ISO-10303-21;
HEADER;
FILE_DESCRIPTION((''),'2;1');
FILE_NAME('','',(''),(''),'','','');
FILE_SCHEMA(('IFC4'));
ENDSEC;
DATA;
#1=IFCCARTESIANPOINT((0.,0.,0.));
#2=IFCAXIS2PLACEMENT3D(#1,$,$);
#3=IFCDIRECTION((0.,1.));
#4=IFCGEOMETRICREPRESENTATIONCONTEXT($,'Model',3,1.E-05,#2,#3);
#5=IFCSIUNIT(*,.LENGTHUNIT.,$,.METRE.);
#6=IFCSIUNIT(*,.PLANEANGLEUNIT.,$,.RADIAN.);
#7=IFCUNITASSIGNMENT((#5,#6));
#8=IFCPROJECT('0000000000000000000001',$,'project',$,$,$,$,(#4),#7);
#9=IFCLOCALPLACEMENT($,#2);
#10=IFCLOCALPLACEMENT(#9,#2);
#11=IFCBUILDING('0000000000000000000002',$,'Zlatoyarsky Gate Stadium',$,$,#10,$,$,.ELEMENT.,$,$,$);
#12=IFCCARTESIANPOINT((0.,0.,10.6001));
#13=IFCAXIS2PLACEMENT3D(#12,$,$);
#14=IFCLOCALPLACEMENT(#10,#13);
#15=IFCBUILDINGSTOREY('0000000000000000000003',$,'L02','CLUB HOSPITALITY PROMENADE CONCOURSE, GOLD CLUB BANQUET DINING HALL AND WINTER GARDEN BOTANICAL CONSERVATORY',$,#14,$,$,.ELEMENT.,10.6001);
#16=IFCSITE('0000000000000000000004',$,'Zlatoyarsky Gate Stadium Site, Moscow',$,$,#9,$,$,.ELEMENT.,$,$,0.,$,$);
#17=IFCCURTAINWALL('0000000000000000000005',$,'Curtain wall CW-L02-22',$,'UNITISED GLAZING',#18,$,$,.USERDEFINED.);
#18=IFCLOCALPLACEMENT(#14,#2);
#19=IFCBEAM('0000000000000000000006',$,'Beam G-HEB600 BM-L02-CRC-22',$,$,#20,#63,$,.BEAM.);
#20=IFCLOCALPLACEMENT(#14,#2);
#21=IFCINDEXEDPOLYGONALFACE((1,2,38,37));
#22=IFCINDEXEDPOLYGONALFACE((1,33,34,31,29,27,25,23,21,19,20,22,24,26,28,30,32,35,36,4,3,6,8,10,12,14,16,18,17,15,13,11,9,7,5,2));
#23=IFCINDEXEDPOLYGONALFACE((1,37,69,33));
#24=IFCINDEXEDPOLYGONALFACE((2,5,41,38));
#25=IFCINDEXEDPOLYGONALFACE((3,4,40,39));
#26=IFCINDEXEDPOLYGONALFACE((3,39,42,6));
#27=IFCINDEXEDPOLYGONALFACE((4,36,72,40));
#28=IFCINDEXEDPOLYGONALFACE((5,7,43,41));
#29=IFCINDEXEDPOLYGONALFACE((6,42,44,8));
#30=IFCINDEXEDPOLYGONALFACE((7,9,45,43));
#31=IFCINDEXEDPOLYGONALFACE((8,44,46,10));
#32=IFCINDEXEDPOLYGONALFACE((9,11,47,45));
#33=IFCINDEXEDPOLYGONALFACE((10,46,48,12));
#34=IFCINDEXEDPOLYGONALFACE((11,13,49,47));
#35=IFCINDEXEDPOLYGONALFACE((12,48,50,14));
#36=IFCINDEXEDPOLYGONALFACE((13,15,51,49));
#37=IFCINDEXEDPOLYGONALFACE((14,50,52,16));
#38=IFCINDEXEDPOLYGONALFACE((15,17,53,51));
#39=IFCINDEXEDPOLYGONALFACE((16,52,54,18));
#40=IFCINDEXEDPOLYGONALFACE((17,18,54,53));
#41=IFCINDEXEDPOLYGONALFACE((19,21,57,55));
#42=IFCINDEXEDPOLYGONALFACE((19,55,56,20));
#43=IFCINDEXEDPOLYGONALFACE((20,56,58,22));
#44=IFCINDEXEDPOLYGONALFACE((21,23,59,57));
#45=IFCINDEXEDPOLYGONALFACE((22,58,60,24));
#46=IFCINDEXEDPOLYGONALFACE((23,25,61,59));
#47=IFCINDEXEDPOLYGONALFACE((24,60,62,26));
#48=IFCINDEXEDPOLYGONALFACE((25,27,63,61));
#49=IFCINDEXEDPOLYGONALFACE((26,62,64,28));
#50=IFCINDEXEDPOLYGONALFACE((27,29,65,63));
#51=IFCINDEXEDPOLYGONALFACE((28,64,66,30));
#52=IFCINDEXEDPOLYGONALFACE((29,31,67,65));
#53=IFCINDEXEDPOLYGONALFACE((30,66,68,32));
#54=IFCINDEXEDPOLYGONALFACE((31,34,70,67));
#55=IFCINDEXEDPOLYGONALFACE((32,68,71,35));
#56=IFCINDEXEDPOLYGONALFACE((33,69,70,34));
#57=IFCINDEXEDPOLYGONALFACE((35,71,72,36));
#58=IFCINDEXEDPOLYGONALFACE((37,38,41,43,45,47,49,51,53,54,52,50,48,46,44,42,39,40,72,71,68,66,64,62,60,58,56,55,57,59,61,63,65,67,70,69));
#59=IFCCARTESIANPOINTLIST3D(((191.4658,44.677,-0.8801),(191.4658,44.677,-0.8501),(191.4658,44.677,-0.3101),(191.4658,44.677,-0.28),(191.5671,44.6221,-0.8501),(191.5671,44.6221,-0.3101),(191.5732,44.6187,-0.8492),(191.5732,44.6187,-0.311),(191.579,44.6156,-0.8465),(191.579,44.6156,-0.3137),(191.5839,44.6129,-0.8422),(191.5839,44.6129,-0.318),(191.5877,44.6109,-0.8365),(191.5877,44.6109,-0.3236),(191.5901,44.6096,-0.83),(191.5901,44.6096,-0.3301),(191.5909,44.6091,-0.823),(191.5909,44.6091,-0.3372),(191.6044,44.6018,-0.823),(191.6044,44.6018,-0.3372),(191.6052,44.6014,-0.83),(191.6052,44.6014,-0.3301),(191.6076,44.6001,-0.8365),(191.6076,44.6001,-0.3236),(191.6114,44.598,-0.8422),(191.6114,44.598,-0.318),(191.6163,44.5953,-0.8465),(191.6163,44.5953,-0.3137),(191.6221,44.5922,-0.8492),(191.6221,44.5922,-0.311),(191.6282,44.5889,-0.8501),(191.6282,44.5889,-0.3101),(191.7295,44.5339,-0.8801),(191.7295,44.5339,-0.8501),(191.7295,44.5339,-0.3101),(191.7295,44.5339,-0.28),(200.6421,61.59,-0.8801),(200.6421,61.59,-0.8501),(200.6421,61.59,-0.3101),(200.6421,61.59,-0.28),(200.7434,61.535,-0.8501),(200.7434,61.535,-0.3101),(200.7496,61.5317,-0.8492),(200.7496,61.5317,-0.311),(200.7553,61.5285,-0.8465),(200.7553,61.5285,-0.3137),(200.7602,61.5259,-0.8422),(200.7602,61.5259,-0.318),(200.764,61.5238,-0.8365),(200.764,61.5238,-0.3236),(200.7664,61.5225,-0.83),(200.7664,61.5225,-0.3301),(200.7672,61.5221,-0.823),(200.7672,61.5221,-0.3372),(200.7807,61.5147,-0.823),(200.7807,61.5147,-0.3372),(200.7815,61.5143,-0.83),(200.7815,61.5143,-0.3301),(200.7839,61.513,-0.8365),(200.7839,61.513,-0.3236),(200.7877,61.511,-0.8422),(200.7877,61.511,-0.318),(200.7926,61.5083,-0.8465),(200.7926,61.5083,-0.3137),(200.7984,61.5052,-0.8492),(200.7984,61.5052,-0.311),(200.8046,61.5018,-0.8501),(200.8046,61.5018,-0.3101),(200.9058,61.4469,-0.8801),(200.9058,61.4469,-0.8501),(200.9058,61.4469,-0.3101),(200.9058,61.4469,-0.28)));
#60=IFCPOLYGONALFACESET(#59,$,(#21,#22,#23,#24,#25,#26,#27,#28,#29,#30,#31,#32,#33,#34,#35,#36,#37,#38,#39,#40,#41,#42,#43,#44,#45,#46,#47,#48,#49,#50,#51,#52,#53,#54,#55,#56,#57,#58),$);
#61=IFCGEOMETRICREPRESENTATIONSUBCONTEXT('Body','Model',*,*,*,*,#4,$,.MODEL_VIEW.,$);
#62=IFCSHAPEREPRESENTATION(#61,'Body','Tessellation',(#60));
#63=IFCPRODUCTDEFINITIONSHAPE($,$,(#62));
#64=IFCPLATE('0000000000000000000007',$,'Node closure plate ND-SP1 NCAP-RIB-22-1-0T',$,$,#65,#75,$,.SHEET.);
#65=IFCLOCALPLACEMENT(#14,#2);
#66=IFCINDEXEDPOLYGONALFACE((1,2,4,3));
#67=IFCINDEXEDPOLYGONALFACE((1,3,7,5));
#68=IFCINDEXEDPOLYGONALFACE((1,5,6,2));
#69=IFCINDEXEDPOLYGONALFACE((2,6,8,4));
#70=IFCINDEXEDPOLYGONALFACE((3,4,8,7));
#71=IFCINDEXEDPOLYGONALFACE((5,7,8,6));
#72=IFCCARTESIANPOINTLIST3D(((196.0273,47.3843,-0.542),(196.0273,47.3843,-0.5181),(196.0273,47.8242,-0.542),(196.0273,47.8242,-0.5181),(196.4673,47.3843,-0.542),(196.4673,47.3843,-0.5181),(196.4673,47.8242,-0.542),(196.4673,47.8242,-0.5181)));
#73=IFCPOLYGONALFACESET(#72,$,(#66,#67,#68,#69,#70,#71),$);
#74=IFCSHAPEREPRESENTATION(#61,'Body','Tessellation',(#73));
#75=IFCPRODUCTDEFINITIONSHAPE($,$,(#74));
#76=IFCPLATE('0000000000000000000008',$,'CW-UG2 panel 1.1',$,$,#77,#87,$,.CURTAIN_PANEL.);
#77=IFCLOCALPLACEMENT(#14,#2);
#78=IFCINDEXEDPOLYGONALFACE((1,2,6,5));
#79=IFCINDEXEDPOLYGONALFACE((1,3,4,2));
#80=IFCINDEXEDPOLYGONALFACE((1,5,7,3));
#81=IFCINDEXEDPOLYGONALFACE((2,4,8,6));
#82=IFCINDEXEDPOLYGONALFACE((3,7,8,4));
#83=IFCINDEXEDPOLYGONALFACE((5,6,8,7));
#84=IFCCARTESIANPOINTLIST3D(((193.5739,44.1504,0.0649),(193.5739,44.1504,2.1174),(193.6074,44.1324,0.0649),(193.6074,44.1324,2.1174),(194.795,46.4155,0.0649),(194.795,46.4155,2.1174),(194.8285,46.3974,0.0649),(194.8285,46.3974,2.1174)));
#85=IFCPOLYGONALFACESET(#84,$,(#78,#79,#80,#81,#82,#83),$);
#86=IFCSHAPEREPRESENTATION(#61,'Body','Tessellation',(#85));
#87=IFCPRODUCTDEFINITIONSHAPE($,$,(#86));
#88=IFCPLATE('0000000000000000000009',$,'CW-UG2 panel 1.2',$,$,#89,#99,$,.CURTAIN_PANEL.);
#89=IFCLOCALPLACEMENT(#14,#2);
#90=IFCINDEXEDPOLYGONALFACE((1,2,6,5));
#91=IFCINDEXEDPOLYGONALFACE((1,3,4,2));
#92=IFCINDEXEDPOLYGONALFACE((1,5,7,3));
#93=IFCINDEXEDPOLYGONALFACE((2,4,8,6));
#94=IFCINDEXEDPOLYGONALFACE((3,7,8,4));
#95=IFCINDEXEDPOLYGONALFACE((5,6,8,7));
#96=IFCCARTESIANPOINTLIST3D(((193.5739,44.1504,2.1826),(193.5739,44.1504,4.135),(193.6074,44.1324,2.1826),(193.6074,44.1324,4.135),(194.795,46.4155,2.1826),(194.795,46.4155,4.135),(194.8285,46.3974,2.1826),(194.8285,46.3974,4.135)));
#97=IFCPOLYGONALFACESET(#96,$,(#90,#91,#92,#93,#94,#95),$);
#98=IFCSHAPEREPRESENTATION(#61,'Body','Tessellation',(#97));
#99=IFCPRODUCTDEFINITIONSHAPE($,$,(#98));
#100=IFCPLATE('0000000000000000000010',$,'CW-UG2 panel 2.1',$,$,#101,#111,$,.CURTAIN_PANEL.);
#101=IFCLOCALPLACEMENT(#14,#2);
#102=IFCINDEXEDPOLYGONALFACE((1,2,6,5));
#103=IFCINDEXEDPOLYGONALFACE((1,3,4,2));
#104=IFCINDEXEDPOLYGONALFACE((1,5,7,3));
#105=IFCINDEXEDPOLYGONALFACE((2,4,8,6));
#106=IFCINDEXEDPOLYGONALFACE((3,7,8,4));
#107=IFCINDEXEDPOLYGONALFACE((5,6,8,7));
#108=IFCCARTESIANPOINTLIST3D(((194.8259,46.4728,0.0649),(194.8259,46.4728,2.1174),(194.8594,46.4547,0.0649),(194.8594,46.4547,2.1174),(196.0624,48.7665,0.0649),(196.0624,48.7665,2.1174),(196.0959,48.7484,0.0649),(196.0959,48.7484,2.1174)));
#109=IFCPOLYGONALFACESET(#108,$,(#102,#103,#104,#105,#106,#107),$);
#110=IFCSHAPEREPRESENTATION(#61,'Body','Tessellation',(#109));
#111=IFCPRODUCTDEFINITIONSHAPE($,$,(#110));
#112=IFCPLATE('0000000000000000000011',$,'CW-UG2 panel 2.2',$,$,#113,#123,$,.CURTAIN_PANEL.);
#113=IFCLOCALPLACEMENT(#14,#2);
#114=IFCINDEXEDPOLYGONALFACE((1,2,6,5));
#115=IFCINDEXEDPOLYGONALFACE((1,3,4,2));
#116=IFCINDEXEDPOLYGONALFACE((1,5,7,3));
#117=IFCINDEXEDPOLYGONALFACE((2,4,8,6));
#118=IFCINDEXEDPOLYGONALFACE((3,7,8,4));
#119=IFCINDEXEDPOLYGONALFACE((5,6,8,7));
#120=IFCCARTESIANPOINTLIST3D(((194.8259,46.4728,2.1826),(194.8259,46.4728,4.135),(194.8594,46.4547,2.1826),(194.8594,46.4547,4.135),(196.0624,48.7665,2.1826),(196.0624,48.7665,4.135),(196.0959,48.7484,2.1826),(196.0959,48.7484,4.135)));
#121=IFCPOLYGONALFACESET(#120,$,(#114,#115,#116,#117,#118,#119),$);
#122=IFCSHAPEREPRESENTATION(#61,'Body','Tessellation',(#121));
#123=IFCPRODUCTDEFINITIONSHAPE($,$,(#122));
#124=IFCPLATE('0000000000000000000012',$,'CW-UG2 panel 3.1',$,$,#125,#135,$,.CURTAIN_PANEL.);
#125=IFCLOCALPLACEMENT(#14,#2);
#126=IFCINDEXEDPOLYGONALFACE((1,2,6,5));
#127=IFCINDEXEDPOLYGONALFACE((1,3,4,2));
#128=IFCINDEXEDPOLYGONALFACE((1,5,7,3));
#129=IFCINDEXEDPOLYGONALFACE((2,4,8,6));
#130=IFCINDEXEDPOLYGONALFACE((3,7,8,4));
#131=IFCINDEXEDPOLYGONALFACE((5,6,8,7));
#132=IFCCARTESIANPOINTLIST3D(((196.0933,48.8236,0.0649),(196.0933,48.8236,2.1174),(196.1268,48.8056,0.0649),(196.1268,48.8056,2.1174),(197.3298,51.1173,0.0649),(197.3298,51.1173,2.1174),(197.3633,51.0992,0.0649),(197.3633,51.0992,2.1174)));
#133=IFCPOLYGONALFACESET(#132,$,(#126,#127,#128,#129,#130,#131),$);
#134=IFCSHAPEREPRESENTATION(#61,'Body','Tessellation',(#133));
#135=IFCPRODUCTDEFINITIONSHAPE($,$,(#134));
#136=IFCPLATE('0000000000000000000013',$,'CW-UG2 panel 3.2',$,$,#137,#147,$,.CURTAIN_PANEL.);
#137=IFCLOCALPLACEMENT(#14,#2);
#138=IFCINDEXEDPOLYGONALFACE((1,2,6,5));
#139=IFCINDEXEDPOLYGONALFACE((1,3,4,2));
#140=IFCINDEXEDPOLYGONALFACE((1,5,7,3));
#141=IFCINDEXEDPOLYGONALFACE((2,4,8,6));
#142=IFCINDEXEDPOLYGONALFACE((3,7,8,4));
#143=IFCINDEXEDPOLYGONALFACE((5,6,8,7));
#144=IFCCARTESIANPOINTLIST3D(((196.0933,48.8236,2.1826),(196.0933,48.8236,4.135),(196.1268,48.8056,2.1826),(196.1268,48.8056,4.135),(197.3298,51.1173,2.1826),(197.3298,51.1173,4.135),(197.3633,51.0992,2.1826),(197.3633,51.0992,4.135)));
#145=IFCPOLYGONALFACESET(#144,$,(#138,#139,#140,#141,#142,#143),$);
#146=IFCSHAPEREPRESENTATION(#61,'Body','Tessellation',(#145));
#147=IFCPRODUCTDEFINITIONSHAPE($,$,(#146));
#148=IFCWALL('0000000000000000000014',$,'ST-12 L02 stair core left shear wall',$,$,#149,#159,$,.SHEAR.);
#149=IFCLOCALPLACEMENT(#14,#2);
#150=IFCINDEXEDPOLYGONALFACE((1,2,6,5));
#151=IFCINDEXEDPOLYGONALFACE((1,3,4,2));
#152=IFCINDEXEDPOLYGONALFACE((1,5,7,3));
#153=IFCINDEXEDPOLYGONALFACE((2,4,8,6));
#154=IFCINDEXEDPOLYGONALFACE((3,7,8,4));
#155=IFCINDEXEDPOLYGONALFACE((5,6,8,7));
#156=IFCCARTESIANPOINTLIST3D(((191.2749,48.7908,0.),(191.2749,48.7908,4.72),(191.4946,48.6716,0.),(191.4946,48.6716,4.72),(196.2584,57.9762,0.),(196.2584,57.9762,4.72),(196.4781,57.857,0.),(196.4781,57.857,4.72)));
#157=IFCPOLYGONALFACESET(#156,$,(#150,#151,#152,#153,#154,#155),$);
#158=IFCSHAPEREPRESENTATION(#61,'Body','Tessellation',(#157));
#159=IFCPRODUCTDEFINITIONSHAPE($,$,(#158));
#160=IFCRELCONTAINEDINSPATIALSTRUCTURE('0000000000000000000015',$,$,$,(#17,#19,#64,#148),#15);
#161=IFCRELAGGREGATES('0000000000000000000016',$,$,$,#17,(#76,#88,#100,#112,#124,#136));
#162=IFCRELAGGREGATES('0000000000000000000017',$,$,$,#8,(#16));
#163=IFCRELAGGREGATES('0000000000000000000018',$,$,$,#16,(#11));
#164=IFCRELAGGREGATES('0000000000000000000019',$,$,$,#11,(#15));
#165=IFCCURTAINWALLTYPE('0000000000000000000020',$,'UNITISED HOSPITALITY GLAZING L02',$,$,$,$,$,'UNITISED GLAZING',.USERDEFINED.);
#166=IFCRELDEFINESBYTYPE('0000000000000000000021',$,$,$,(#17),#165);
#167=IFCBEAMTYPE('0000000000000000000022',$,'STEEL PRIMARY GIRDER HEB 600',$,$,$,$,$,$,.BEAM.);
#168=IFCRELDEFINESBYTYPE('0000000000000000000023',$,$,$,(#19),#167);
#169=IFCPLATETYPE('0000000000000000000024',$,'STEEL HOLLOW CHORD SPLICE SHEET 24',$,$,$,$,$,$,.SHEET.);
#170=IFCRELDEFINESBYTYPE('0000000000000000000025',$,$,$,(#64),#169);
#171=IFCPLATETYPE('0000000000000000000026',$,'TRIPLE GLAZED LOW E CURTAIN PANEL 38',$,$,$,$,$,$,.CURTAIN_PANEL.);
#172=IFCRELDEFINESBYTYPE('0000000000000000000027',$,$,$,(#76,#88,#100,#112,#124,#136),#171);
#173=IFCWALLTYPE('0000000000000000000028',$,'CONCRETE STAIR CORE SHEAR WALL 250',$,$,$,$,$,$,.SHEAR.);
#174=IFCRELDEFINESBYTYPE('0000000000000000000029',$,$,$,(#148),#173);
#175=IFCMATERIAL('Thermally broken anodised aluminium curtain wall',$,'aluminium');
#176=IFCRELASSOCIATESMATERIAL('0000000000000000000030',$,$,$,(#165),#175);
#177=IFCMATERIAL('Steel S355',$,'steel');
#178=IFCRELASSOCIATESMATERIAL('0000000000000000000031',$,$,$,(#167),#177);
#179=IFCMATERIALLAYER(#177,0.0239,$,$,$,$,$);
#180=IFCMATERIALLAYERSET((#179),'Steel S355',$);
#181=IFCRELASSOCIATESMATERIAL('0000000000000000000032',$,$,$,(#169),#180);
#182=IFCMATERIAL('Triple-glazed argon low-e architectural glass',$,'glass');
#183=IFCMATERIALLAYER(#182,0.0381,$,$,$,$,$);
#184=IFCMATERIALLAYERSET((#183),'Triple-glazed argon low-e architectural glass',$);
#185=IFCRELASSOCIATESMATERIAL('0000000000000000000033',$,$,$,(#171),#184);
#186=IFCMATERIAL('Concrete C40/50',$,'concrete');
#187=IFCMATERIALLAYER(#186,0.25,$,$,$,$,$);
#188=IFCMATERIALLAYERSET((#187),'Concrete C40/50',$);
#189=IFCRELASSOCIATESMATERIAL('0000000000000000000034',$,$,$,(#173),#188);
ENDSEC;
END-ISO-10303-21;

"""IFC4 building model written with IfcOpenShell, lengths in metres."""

from ifc_helpers import new_model, si_unit, direction, frame, frame_2d, origin, origin_2d, place, context, subcontext, project, spatial, rectangle, i_section, extrude, material, layer, layer_set, material_profile, profile_set, type_object, element, aggregate, save


model = new_model("IFC4")

# Units and contexts
model_context = context("Model", 3, precision=1e-05, world=origin(), true_north=direction((0.0, 1.0)))
body_context = subcontext(model_context, "Body", "Model", "MODEL_VIEW")
ifc_project = project(units=[si_unit("LENGTHUNIT", "METRE"), si_unit("PLANEANGLEUNIT", "RADIAN")], contexts=[model_context])

# Site, building, storey
site_placement = place(None, origin())
site = spatial("IfcSite", under=ifc_project, at=site_placement, Name="Zlatoyarsky Gate Stadium Site, Moscow", CompositionType="ELEMENT", RefElevation=0.0)
building_placement = place(site_placement, origin())
building = spatial("IfcBuilding", under=site, at=building_placement, Name="Zlatoyarsky Gate Stadium", CompositionType="ELEMENT")
storey_placement = place(building_placement, frame((0.0, 0.0, 10.6001)))
storey = spatial("IfcBuildingStorey", under=building, at=storey_placement, Name="L02", Description="CLUB HOSPITALITY PROMENADE CONCOURSE, GOLD CLUB BANQUET DINING HALL AND WINTER GARDEN BOTANICAL CONSERVATORY", CompositionType="ELEMENT", Elevation=10.6001)

# Shared definitions
ifc_material_1 = material(Name="Steel S355", Category="steel")

# Curtain wall
ifc_material_2 = material(Name="Thermally broken anodised aluminium curtain wall", Category="aluminium")
curtain_wall_type = type_object("IfcCurtainWallType", Name="UNITISED HOSPITALITY GLAZING L02", ElementType="UNITISED GLAZING", PredefinedType="USERDEFINED", material=ifc_material_2)
curtain_wall_placement = place(storey_placement, origin())
curtain_wall = element("IfcCurtainWall", 1, at=curtain_wall_placement, inside=storey, type_object=curtain_wall_type, Name="Curtain wall CW-L02-22", ObjectType="UNITISED GLAZING", PredefinedType="USERDEFINED")

# Beam
ifc_material_profile_1 = material_profile(ifc_material_1, i_section(OverallWidth=0.3, OverallDepth=0.6001, WebThickness=0.0154, FlangeThickness=0.03, FilletRadius=0.0271, at=origin_2d()), Name="HEB 600")
ifc_profile_set_1 = profile_set([ifc_material_profile_1], Name="Steel S355")
beam_type_1 = type_object("IfcBeamType", Name="STEEL PRIMARY GIRDER HEB 600", PredefinedType="BEAM", material=ifc_profile_set_1)
beam_1_placement = place(storey_placement, frame((191.5977, 44.6055, -0.5801), z_axis=(0.476892, 0.878962, 0.0), x_axis=(-0.878962, 0.476892, 0.0)))
element("IfcBeam", 2, at=beam_1_placement, inside=storey, type_object=beam_type_1, Name="Beam G-HEB600 BM-L02-CRC-22", PredefinedType="BEAM", context=body_context, shape_type="SweptSolid", body=[
    extrude(i_section(OverallWidth=0.3, OverallDepth=0.6001, WebThickness=0.0154, FlangeThickness=0.03, FilletRadius=0.0271, at=origin_2d()), origin(), (0.0, 0.0, 1.0), 19.2419),
])

# Plates
ifc_layer_1 = layer(ifc_material_1, 0.0239)
ifc_layer_set_1 = layer_set([ifc_layer_1], Name="Steel S355")
plate_type_1 = type_object("IfcPlateType", Name="STEEL HOLLOW CHORD SPLICE SHEET 24", PredefinedType="SHEET", material=ifc_layer_set_1)
plate_1_placement = place(storey_placement, frame((196.2473, 47.6042, -0.542), z_axis=(0.0, 0.0, 1.0), x_axis=(1.0, 0.0, 0.0)))
element("IfcPlate", 3, at=plate_1_placement, inside=storey, type_object=plate_type_1, Name="Node closure plate ND-SP1 NCAP-RIB-22-1-0T", PredefinedType="SHEET", context=body_context, shape_type="SweptSolid", body=[
    extrude(rectangle(XDim=0.4399, YDim=0.4399, at=origin_2d()), origin(), (0.0, 0.0, 1.0), 0.0239),
])
ifc_material_3 = material(Name="Triple-glazed argon low-e architectural glass", Category="glass")
ifc_layer_2 = layer(ifc_material_3, 0.0381)
ifc_layer_set_2 = layer_set([ifc_layer_2], Name="Triple-glazed argon low-e architectural glass")
plate_type_2 = type_object("IfcPlateType", Name="TRIPLE GLAZED LOW E CURTAIN PANEL 38", PredefinedType="CURTAIN_PANEL", material=ifc_layer_set_2)
plate_2_placement = place(storey_placement, frame((194.2012, 45.2739, 0.0649), z_axis=(0.0, 0.0, 1.0), x_axis=(0.474534, 0.880237, 0.0)))
plate_2 = element("IfcPlate", 4, at=plate_2_placement, type_object=plate_type_2, Name="CW-UG2 panel 1.1", PredefinedType="CURTAIN_PANEL", context=body_context, shape_type="SweptSolid", body=[
    extrude(rectangle(XDim=2.5732, YDim=0.0381, at=origin_2d()), origin(), (0.0, 0.0, 1.0), 2.0525),
])
plate_3_placement = place(storey_placement, frame((194.2012, 45.2739, 2.1826), z_axis=(0.0, 0.0, 1.0), x_axis=(0.474534, 0.880237, 0.0)))
plate_3 = element("IfcPlate", 5, at=plate_3_placement, type_object=plate_type_2, Name="CW-UG2 panel 1.2", PredefinedType="CURTAIN_PANEL", context=body_context, shape_type="SweptSolid", body=[
    extrude(rectangle(XDim=2.5732, YDim=0.0381, at=origin_2d()), origin(), (0.0, 0.0, 1.0), 1.9524),
])
plate_4_placement = place(storey_placement, frame((195.4609, 47.6106, 0.0649), z_axis=(0.0, 0.0, 1.0), x_axis=(0.474534, 0.880237, 0.0)))
plate_4 = element("IfcPlate", 6, at=plate_4_placement, type_object=plate_type_2, Name="CW-UG2 panel 2.1", PredefinedType="CURTAIN_PANEL", context=body_context, shape_type="SweptSolid", body=[
    extrude(rectangle(XDim=2.6057, YDim=0.0381, at=origin_2d()), origin(), (0.0, 0.0, 1.0), 2.0525),
])
plate_5_placement = place(storey_placement, frame((195.4609, 47.6106, 2.1826), z_axis=(0.0, 0.0, 1.0), x_axis=(0.474534, 0.880237, 0.0)))
plate_5 = element("IfcPlate", 7, at=plate_5_placement, type_object=plate_type_2, Name="CW-UG2 panel 2.2", PredefinedType="CURTAIN_PANEL", context=body_context, shape_type="SweptSolid", body=[
    extrude(rectangle(XDim=2.6057, YDim=0.0381, at=origin_2d()), origin(), (0.0, 0.0, 1.0), 1.9524),
])
plate_6_placement = place(storey_placement, frame((196.7283, 49.9614, 0.0649), z_axis=(0.0, 0.0, 1.0), x_axis=(0.474534, 0.880237, 0.0)))
plate_6 = element("IfcPlate", 8, at=plate_6_placement, type_object=plate_type_2, Name="CW-UG2 panel 3.1", PredefinedType="CURTAIN_PANEL", context=body_context, shape_type="SweptSolid", body=[
    extrude(rectangle(XDim=2.6057, YDim=0.0381, at=origin_2d()), origin(), (0.0, 0.0, 1.0), 2.0525),
])
plate_7_placement = place(storey_placement, frame((196.7283, 49.9614, 2.1826), z_axis=(0.0, 0.0, 1.0), x_axis=(0.474534, 0.880237, 0.0)))
plate_7 = element("IfcPlate", 9, at=plate_7_placement, type_object=plate_type_2, Name="CW-UG2 panel 3.2", PredefinedType="CURTAIN_PANEL", context=body_context, shape_type="SweptSolid", body=[
    extrude(rectangle(XDim=2.6057, YDim=0.0381, at=origin_2d()), origin(), (0.0, 0.0, 1.0), 1.9524),
])
aggregate(curtain_wall, [plate_2, plate_3, plate_4, plate_5, plate_6, plate_7])

# Wall
ifc_material_4 = material(Name="Concrete C40/50", Category="concrete")
ifc_layer_3 = layer(ifc_material_4, 0.25)
ifc_layer_set_3 = layer_set([ifc_layer_3], Name="Concrete C40/50")
wall_type = type_object("IfcWallType", Name="CONCRETE STAIR CORE SHEAR WALL 250", PredefinedType="SHEAR", material=ifc_layer_set_3)
wall_placement = place(storey_placement, frame((191.3848, 48.7312, 0.0), z_axis=(0.0, 0.0, 1.0), x_axis=(0.476877, 0.87897, 0.0)))
element("IfcWall", 10, at=wall_placement, inside=storey, type_object=wall_type, Name="ST-12 L02 stair core left shear wall", PredefinedType="SHEAR", context=body_context, shape_type="SweptSolid", body=[
    extrude(rectangle(XDim=10.4502, YDim=0.25, at=frame_2d((5.2251, 0.0))), origin(), (0.0, 0.0, 1.0), 4.72),
])

save(model, "model.ifc")
